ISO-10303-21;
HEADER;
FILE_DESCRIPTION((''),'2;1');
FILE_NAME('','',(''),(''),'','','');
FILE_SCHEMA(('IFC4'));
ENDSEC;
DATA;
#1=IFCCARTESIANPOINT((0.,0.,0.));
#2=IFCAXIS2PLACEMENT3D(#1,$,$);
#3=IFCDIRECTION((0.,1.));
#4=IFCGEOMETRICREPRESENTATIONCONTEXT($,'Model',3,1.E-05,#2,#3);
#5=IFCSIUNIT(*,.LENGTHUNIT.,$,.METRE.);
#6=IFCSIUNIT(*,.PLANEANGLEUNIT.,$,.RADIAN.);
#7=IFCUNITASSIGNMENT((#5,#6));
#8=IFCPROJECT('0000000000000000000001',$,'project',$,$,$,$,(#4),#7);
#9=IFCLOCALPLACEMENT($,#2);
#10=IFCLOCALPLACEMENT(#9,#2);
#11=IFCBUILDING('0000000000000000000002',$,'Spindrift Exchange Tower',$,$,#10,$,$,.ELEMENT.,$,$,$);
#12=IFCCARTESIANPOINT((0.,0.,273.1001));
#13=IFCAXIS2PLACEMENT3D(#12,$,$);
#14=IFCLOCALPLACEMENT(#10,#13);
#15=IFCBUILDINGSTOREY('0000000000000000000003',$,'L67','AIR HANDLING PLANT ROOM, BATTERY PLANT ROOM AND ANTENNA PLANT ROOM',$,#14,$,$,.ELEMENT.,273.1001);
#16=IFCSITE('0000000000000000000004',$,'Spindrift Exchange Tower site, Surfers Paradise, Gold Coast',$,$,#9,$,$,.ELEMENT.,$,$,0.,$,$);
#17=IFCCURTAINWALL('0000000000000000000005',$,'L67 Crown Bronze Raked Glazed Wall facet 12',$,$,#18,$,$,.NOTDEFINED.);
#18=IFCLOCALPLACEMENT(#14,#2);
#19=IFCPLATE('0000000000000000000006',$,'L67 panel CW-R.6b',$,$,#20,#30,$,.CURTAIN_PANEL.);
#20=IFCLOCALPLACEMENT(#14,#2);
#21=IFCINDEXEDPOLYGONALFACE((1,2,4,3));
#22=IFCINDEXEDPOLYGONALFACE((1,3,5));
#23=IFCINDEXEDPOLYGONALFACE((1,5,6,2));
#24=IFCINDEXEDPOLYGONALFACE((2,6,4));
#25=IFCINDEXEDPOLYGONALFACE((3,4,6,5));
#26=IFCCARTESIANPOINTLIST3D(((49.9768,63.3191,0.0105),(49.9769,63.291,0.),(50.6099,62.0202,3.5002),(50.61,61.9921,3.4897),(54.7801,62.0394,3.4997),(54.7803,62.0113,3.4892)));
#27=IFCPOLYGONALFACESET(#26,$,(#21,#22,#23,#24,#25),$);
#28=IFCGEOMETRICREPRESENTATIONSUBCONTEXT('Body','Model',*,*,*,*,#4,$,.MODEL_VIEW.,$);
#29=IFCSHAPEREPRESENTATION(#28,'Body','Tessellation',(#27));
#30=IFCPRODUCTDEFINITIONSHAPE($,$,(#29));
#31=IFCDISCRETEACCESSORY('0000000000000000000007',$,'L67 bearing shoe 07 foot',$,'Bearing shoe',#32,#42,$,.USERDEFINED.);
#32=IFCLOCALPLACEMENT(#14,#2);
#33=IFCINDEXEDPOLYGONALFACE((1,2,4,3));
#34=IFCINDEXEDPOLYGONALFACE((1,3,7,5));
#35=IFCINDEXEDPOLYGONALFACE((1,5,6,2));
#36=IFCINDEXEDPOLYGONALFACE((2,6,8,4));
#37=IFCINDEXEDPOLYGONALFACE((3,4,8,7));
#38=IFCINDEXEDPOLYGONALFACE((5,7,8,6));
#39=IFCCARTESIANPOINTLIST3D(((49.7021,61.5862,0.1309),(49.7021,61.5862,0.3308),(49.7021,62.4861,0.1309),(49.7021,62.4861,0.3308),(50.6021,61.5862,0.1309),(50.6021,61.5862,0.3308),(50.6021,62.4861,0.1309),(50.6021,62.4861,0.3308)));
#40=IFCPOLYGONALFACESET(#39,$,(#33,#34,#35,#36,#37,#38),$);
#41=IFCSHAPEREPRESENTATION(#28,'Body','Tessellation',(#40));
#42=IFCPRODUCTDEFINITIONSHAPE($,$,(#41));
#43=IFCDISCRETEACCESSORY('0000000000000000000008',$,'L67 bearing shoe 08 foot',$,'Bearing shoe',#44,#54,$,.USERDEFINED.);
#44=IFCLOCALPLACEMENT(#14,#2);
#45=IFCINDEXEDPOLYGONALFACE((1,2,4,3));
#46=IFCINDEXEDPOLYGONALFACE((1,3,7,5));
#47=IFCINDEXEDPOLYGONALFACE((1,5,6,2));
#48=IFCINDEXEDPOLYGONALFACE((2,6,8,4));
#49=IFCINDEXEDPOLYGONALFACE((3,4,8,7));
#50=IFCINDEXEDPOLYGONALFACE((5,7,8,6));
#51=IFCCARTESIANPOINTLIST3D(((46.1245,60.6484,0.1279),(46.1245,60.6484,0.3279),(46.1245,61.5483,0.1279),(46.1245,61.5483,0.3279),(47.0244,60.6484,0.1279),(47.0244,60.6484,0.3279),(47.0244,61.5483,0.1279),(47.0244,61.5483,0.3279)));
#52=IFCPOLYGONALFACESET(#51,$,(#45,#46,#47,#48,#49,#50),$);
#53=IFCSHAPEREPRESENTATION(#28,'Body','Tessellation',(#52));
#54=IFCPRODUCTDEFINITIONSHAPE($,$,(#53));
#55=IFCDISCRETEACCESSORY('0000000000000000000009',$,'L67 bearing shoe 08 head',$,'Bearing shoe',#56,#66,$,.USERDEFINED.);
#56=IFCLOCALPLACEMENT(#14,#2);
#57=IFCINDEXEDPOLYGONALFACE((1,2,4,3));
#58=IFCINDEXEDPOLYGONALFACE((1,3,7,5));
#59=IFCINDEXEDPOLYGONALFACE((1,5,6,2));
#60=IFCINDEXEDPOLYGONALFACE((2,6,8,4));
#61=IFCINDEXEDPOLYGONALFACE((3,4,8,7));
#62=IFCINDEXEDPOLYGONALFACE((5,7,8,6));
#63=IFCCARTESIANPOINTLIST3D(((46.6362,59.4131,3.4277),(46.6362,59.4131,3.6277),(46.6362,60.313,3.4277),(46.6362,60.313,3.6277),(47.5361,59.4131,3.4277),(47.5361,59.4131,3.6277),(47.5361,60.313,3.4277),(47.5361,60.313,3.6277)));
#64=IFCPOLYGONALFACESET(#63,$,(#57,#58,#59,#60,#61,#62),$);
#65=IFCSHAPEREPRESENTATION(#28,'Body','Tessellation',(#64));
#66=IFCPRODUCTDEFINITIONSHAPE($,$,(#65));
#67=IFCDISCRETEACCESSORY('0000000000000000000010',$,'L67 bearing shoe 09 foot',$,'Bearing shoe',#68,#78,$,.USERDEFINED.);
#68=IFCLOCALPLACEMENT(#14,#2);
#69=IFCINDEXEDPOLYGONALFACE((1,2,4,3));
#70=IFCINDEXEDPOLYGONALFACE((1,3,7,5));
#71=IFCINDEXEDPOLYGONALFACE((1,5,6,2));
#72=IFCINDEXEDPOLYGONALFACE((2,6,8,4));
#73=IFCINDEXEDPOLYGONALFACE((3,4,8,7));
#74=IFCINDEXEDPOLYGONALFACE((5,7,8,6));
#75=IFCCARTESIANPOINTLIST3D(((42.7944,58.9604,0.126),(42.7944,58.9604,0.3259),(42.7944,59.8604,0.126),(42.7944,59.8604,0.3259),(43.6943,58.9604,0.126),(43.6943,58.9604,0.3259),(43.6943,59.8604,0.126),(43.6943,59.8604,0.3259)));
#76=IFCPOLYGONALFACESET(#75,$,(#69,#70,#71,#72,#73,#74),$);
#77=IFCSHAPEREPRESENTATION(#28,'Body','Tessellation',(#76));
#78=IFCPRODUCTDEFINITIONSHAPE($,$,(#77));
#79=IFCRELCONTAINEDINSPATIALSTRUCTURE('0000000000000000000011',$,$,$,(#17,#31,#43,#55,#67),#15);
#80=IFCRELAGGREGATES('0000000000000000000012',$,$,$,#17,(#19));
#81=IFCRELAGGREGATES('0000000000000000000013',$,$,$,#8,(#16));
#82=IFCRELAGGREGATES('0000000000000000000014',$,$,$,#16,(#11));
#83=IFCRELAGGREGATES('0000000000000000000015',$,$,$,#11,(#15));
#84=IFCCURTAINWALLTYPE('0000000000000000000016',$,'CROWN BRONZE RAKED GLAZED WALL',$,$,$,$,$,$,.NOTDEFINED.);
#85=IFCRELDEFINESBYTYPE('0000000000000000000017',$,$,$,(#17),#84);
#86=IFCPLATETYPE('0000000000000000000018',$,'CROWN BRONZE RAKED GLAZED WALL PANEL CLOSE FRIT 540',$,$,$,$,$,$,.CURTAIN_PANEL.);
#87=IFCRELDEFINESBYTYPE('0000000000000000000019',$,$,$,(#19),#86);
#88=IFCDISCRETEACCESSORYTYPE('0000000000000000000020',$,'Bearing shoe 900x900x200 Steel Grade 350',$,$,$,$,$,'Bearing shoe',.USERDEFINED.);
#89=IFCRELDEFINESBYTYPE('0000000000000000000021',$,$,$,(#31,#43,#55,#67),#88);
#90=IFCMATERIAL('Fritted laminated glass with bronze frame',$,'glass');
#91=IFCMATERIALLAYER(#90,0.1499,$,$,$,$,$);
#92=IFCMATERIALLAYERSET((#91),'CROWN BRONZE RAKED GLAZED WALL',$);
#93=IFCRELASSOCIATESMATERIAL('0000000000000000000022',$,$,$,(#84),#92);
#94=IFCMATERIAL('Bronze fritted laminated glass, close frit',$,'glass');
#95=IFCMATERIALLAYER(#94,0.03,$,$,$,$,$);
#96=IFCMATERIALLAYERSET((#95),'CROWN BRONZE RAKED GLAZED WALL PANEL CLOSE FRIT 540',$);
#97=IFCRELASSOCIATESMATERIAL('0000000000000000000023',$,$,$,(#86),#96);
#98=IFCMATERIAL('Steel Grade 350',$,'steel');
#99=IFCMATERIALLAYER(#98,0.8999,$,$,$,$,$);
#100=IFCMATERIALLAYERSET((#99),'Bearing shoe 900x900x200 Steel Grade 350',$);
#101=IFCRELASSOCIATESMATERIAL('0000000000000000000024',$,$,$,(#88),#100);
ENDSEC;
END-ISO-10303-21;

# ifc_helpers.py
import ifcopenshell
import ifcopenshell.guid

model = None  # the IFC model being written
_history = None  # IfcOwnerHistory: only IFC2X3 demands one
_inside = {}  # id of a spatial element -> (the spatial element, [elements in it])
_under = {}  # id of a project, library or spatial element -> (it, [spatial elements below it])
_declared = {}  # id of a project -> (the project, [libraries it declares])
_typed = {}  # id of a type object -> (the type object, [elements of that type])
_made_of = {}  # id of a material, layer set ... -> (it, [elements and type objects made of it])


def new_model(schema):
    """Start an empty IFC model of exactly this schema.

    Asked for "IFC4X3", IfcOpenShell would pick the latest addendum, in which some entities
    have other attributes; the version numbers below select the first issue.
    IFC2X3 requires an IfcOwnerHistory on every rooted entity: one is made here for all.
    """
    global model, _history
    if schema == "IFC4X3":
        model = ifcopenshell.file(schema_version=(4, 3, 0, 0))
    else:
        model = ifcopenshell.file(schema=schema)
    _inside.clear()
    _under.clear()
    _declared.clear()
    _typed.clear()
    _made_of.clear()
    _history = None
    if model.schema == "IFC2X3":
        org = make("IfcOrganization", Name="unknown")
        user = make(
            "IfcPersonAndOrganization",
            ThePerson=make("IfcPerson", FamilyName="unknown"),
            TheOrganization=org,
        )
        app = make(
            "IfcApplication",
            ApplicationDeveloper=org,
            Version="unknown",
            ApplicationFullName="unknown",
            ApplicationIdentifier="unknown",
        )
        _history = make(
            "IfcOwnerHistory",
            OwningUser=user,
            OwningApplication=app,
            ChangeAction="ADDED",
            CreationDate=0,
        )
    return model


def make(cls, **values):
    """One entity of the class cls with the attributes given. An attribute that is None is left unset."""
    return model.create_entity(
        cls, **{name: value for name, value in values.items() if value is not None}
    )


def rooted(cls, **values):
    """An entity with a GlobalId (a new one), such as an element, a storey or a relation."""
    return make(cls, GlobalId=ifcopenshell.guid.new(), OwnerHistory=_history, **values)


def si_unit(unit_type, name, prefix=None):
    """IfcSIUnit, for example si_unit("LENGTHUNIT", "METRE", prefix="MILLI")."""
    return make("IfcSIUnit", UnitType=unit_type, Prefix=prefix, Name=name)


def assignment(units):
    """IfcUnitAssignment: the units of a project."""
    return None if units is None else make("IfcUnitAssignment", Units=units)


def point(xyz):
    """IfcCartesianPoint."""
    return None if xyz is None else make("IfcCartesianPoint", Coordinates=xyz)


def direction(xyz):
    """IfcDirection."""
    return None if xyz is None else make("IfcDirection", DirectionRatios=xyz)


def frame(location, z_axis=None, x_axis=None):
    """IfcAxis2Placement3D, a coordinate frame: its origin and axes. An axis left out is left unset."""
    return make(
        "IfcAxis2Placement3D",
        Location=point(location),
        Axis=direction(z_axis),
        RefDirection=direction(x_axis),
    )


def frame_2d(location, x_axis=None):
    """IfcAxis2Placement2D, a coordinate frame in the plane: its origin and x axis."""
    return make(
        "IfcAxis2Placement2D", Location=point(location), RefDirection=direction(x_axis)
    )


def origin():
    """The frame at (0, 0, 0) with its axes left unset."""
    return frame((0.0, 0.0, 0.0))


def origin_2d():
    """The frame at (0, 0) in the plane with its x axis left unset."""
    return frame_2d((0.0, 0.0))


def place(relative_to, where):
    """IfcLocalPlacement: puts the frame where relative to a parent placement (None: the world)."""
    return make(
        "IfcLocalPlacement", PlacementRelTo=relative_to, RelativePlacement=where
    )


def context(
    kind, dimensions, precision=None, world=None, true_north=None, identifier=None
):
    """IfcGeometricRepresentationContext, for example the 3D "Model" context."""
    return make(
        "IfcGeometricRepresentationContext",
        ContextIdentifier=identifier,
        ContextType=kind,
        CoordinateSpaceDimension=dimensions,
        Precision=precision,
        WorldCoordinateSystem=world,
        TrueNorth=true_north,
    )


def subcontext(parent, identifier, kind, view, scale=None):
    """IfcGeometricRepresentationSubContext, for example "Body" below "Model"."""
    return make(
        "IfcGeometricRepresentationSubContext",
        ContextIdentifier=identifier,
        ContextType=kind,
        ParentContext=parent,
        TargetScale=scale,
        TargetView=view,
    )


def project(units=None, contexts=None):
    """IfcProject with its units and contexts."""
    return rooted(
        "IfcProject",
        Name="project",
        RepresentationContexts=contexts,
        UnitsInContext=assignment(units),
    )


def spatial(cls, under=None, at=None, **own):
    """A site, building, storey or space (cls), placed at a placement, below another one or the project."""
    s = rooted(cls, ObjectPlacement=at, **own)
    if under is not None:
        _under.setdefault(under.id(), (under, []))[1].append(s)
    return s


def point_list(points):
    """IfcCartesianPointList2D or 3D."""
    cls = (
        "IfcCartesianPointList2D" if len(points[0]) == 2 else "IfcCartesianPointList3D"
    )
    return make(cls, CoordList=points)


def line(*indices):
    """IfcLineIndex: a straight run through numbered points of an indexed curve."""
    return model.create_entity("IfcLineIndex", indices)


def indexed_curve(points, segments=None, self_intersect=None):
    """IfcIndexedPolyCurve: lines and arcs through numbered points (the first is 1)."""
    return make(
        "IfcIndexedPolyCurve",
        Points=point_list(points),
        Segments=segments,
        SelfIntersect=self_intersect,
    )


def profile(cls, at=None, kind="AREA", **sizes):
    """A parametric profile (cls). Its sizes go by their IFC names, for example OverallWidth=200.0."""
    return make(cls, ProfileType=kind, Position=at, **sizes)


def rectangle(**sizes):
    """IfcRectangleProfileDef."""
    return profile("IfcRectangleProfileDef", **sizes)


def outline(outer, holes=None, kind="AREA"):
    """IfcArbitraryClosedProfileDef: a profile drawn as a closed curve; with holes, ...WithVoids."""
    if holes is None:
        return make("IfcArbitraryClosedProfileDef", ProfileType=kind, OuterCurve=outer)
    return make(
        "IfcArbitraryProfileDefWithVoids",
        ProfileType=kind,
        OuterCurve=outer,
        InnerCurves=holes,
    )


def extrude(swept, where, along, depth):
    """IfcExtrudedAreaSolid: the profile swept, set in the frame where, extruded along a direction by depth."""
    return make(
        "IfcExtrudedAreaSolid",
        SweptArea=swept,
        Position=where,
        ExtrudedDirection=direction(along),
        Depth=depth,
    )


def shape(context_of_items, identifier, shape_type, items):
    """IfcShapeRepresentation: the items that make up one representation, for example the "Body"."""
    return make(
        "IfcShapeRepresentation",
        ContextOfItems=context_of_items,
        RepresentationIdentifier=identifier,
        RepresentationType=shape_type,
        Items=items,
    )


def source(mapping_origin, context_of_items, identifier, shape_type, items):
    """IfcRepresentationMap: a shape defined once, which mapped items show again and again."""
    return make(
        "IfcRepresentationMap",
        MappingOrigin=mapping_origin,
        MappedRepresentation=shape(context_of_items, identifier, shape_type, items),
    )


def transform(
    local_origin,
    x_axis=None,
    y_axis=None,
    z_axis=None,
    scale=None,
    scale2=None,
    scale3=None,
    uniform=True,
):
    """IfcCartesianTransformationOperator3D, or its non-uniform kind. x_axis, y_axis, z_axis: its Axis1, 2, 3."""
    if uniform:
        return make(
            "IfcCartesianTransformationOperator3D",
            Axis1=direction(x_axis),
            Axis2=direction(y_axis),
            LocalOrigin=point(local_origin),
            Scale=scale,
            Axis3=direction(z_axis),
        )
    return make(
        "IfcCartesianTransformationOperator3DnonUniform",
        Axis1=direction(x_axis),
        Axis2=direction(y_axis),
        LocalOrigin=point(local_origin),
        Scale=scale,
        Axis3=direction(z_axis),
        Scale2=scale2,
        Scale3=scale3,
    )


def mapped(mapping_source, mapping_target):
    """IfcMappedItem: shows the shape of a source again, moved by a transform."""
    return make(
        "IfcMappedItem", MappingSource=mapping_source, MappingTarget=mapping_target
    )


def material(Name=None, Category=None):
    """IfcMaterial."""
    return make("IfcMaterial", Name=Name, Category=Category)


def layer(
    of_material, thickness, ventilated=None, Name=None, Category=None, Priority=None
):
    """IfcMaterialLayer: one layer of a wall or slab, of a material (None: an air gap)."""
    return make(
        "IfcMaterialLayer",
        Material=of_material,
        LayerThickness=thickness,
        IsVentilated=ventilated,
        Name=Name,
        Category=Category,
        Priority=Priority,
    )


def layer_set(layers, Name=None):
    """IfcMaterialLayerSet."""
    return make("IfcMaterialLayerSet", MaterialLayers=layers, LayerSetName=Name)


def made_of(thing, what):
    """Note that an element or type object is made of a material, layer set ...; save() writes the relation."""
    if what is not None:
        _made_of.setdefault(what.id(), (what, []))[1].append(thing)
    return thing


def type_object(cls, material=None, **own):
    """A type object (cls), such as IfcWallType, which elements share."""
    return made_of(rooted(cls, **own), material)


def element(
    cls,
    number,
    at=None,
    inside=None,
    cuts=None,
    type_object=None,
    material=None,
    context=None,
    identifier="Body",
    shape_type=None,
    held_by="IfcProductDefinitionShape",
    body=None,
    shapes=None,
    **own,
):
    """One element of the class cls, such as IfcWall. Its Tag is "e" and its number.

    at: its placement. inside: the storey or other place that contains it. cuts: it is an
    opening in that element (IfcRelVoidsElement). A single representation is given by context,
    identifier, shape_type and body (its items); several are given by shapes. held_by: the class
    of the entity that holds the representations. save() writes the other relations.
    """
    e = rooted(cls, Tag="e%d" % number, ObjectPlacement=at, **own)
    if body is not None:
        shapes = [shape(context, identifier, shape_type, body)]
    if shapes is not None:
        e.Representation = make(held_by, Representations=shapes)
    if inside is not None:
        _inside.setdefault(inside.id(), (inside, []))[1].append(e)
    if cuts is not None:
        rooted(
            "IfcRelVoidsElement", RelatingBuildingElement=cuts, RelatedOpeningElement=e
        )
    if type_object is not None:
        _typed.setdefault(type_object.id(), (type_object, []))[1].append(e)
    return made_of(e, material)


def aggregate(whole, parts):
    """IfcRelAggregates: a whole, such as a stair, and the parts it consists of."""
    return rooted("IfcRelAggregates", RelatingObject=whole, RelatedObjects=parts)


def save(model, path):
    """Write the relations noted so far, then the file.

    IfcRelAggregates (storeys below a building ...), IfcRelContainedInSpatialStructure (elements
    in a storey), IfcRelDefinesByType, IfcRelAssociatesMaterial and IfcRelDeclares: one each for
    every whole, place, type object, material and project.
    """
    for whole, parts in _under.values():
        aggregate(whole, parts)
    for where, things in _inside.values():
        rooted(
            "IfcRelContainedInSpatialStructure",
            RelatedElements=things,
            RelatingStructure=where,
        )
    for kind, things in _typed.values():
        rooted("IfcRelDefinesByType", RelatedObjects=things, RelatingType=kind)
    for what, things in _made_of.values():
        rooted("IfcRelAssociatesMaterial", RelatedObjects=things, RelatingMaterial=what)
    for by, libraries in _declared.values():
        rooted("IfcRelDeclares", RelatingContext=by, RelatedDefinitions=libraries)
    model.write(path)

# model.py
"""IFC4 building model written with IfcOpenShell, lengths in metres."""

from ifc_helpers import new_model, si_unit, direction, frame, origin, origin_2d, place, context, subcontext, project, spatial, line, indexed_curve, rectangle, outline, extrude, source, transform, mapped, material, layer, layer_set, type_object, element, aggregate, save


model = new_model("IFC4")

# Units and contexts
model_context = context("Model", 3, precision=1e-05, world=origin(), true_north=direction((0.0, 1.0)))
body_context = subcontext(model_context, "Body", "Model", "MODEL_VIEW")
ifc_project = project(units=[si_unit("LENGTHUNIT", "METRE"), si_unit("PLANEANGLEUNIT", "RADIAN")], contexts=[model_context])

# Site, building, storey
site_placement = place(None, origin())
site = spatial("IfcSite", under=ifc_project, at=site_placement, Name="Spindrift Exchange Tower site, Surfers Paradise, Gold Coast", CompositionType="ELEMENT", RefElevation=0.0)
building_placement = place(site_placement, origin())
building = spatial("IfcBuilding", under=site, at=building_placement, Name="Spindrift Exchange Tower", CompositionType="ELEMENT")
storey_placement = place(building_placement, frame((0.0, 0.0, 273.1001)))
storey = spatial("IfcBuildingStorey", under=building, at=storey_placement, Name="L67", Description="AIR HANDLING PLANT ROOM, BATTERY PLANT ROOM AND ANTENNA PLANT ROOM", CompositionType="ELEMENT", Elevation=273.1001)

# Curtain wall
ifc_material_1 = material(Name="Fritted laminated glass with bronze frame", Category="glass")
ifc_layer_1 = layer(ifc_material_1, 0.1499)
ifc_layer_set_1 = layer_set([ifc_layer_1], Name="CROWN BRONZE RAKED GLAZED WALL")
curtain_wall_type = type_object("IfcCurtainWallType", Name="CROWN BRONZE RAKED GLAZED WALL", PredefinedType="NOTDEFINED", material=ifc_layer_set_1)
curtain_wall_1_placement = place(storey_placement, origin())
curtain_wall_1 = element("IfcCurtainWall", 1, at=curtain_wall_1_placement, inside=storey, type_object=curtain_wall_type, Name="L67 Crown Bronze Raked Glazed Wall facet 12", PredefinedType="NOTDEFINED")

# Plate
ifc_material_2 = material(Name="Bronze fritted laminated glass, close frit", Category="glass")
ifc_layer_2 = layer(ifc_material_2, 0.03)
ifc_layer_set_2 = layer_set([ifc_layer_2], Name="CROWN BRONZE RAKED GLAZED WALL PANEL CLOSE FRIT 540")
plate_type_1 = type_object("IfcPlateType", Name="CROWN BRONZE RAKED GLAZED WALL PANEL CLOSE FRIT 540", PredefinedType="CURTAIN_PANEL", material=ifc_layer_set_2)
plate_1_placement = place(storey_placement, frame((49.9768, 63.3191, 0.0105), z_axis=(-0.004278, 0.936923, 0.349509), x_axis=(0.790901, -0.210709, 0.574524)))
plate_1 = element("IfcPlate", 2, at=plate_1_placement, type_object=plate_type_1, Name="L67 panel CW-R.6b", PredefinedType="CURTAIN_PANEL", context=body_context, shape_type="SweptSolid", body=[
    extrude(outline(indexed_curve([(0.0, 0.0), (6.0732, 0.0), (2.7793, -2.5576)], segments=[line(1, 2, 3, 1)], self_intersect=False)), origin(), (0.0, 0.0, -1.0), 0.03),
])
aggregate(curtain_wall_1, [plate_1])

# Discrete accessories
ifc_material_3 = material(Name="Steel Grade 350", Category="steel")
ifc_layer_3 = layer(ifc_material_3, 0.8999)
ifc_layer_set_3 = layer_set([ifc_layer_3], Name="Bearing shoe 900x900x200 Steel Grade 350")
discrete_accessory_type = type_object("IfcDiscreteAccessoryType", Name="Bearing shoe 900x900x200 Steel Grade 350", ElementType="Bearing shoe", PredefinedType="USERDEFINED", material=ifc_layer_set_3)
shared_shape_1 = source(origin(), body_context, "Body", "SweptSolid", [
    extrude(rectangle(XDim=0.8999, YDim=0.8999, at=origin_2d()), origin(), (0.0, 0.0, 1.0), 0.2),
])
for number, where, z_axis, x_axis, name in (
    (3, (50.1521, 62.0361, 0.1309), (0.0, 0.0, 1.0), (1.0, 0.0, 0.0), "L67 bearing shoe 07 foot"),
    (4, (46.5745, 61.0984, 0.1279), (0.0, 0.0, 1.0), (1.0, 0.0, 0.0), "L67 bearing shoe 08 foot"),
    (5, (47.0862, 59.863, 3.4277), (0.0, 0.0, 1.0), (1.0, 0.0, 0.0), "L67 bearing shoe 08 head"),
    (6, (43.2444, 59.4104, 0.126), (0.0, 0.0, 1.0), (1.0, 0.0, 0.0), "L67 bearing shoe 09 foot"),
):
    element("IfcDiscreteAccessory", number, at=place(storey_placement, frame(where, z_axis=z_axis, x_axis=x_axis)), inside=storey, type_object=discrete_accessory_type, Name=name, ObjectType="Bearing shoe", PredefinedType="USERDEFINED", context=body_context, shape_type="MappedRepresentation", body=[
        mapped(shared_shape_1, transform((0.0, 0.0, 0.0), scale=1.0)),
    ])

save(model, "model.ifc")
